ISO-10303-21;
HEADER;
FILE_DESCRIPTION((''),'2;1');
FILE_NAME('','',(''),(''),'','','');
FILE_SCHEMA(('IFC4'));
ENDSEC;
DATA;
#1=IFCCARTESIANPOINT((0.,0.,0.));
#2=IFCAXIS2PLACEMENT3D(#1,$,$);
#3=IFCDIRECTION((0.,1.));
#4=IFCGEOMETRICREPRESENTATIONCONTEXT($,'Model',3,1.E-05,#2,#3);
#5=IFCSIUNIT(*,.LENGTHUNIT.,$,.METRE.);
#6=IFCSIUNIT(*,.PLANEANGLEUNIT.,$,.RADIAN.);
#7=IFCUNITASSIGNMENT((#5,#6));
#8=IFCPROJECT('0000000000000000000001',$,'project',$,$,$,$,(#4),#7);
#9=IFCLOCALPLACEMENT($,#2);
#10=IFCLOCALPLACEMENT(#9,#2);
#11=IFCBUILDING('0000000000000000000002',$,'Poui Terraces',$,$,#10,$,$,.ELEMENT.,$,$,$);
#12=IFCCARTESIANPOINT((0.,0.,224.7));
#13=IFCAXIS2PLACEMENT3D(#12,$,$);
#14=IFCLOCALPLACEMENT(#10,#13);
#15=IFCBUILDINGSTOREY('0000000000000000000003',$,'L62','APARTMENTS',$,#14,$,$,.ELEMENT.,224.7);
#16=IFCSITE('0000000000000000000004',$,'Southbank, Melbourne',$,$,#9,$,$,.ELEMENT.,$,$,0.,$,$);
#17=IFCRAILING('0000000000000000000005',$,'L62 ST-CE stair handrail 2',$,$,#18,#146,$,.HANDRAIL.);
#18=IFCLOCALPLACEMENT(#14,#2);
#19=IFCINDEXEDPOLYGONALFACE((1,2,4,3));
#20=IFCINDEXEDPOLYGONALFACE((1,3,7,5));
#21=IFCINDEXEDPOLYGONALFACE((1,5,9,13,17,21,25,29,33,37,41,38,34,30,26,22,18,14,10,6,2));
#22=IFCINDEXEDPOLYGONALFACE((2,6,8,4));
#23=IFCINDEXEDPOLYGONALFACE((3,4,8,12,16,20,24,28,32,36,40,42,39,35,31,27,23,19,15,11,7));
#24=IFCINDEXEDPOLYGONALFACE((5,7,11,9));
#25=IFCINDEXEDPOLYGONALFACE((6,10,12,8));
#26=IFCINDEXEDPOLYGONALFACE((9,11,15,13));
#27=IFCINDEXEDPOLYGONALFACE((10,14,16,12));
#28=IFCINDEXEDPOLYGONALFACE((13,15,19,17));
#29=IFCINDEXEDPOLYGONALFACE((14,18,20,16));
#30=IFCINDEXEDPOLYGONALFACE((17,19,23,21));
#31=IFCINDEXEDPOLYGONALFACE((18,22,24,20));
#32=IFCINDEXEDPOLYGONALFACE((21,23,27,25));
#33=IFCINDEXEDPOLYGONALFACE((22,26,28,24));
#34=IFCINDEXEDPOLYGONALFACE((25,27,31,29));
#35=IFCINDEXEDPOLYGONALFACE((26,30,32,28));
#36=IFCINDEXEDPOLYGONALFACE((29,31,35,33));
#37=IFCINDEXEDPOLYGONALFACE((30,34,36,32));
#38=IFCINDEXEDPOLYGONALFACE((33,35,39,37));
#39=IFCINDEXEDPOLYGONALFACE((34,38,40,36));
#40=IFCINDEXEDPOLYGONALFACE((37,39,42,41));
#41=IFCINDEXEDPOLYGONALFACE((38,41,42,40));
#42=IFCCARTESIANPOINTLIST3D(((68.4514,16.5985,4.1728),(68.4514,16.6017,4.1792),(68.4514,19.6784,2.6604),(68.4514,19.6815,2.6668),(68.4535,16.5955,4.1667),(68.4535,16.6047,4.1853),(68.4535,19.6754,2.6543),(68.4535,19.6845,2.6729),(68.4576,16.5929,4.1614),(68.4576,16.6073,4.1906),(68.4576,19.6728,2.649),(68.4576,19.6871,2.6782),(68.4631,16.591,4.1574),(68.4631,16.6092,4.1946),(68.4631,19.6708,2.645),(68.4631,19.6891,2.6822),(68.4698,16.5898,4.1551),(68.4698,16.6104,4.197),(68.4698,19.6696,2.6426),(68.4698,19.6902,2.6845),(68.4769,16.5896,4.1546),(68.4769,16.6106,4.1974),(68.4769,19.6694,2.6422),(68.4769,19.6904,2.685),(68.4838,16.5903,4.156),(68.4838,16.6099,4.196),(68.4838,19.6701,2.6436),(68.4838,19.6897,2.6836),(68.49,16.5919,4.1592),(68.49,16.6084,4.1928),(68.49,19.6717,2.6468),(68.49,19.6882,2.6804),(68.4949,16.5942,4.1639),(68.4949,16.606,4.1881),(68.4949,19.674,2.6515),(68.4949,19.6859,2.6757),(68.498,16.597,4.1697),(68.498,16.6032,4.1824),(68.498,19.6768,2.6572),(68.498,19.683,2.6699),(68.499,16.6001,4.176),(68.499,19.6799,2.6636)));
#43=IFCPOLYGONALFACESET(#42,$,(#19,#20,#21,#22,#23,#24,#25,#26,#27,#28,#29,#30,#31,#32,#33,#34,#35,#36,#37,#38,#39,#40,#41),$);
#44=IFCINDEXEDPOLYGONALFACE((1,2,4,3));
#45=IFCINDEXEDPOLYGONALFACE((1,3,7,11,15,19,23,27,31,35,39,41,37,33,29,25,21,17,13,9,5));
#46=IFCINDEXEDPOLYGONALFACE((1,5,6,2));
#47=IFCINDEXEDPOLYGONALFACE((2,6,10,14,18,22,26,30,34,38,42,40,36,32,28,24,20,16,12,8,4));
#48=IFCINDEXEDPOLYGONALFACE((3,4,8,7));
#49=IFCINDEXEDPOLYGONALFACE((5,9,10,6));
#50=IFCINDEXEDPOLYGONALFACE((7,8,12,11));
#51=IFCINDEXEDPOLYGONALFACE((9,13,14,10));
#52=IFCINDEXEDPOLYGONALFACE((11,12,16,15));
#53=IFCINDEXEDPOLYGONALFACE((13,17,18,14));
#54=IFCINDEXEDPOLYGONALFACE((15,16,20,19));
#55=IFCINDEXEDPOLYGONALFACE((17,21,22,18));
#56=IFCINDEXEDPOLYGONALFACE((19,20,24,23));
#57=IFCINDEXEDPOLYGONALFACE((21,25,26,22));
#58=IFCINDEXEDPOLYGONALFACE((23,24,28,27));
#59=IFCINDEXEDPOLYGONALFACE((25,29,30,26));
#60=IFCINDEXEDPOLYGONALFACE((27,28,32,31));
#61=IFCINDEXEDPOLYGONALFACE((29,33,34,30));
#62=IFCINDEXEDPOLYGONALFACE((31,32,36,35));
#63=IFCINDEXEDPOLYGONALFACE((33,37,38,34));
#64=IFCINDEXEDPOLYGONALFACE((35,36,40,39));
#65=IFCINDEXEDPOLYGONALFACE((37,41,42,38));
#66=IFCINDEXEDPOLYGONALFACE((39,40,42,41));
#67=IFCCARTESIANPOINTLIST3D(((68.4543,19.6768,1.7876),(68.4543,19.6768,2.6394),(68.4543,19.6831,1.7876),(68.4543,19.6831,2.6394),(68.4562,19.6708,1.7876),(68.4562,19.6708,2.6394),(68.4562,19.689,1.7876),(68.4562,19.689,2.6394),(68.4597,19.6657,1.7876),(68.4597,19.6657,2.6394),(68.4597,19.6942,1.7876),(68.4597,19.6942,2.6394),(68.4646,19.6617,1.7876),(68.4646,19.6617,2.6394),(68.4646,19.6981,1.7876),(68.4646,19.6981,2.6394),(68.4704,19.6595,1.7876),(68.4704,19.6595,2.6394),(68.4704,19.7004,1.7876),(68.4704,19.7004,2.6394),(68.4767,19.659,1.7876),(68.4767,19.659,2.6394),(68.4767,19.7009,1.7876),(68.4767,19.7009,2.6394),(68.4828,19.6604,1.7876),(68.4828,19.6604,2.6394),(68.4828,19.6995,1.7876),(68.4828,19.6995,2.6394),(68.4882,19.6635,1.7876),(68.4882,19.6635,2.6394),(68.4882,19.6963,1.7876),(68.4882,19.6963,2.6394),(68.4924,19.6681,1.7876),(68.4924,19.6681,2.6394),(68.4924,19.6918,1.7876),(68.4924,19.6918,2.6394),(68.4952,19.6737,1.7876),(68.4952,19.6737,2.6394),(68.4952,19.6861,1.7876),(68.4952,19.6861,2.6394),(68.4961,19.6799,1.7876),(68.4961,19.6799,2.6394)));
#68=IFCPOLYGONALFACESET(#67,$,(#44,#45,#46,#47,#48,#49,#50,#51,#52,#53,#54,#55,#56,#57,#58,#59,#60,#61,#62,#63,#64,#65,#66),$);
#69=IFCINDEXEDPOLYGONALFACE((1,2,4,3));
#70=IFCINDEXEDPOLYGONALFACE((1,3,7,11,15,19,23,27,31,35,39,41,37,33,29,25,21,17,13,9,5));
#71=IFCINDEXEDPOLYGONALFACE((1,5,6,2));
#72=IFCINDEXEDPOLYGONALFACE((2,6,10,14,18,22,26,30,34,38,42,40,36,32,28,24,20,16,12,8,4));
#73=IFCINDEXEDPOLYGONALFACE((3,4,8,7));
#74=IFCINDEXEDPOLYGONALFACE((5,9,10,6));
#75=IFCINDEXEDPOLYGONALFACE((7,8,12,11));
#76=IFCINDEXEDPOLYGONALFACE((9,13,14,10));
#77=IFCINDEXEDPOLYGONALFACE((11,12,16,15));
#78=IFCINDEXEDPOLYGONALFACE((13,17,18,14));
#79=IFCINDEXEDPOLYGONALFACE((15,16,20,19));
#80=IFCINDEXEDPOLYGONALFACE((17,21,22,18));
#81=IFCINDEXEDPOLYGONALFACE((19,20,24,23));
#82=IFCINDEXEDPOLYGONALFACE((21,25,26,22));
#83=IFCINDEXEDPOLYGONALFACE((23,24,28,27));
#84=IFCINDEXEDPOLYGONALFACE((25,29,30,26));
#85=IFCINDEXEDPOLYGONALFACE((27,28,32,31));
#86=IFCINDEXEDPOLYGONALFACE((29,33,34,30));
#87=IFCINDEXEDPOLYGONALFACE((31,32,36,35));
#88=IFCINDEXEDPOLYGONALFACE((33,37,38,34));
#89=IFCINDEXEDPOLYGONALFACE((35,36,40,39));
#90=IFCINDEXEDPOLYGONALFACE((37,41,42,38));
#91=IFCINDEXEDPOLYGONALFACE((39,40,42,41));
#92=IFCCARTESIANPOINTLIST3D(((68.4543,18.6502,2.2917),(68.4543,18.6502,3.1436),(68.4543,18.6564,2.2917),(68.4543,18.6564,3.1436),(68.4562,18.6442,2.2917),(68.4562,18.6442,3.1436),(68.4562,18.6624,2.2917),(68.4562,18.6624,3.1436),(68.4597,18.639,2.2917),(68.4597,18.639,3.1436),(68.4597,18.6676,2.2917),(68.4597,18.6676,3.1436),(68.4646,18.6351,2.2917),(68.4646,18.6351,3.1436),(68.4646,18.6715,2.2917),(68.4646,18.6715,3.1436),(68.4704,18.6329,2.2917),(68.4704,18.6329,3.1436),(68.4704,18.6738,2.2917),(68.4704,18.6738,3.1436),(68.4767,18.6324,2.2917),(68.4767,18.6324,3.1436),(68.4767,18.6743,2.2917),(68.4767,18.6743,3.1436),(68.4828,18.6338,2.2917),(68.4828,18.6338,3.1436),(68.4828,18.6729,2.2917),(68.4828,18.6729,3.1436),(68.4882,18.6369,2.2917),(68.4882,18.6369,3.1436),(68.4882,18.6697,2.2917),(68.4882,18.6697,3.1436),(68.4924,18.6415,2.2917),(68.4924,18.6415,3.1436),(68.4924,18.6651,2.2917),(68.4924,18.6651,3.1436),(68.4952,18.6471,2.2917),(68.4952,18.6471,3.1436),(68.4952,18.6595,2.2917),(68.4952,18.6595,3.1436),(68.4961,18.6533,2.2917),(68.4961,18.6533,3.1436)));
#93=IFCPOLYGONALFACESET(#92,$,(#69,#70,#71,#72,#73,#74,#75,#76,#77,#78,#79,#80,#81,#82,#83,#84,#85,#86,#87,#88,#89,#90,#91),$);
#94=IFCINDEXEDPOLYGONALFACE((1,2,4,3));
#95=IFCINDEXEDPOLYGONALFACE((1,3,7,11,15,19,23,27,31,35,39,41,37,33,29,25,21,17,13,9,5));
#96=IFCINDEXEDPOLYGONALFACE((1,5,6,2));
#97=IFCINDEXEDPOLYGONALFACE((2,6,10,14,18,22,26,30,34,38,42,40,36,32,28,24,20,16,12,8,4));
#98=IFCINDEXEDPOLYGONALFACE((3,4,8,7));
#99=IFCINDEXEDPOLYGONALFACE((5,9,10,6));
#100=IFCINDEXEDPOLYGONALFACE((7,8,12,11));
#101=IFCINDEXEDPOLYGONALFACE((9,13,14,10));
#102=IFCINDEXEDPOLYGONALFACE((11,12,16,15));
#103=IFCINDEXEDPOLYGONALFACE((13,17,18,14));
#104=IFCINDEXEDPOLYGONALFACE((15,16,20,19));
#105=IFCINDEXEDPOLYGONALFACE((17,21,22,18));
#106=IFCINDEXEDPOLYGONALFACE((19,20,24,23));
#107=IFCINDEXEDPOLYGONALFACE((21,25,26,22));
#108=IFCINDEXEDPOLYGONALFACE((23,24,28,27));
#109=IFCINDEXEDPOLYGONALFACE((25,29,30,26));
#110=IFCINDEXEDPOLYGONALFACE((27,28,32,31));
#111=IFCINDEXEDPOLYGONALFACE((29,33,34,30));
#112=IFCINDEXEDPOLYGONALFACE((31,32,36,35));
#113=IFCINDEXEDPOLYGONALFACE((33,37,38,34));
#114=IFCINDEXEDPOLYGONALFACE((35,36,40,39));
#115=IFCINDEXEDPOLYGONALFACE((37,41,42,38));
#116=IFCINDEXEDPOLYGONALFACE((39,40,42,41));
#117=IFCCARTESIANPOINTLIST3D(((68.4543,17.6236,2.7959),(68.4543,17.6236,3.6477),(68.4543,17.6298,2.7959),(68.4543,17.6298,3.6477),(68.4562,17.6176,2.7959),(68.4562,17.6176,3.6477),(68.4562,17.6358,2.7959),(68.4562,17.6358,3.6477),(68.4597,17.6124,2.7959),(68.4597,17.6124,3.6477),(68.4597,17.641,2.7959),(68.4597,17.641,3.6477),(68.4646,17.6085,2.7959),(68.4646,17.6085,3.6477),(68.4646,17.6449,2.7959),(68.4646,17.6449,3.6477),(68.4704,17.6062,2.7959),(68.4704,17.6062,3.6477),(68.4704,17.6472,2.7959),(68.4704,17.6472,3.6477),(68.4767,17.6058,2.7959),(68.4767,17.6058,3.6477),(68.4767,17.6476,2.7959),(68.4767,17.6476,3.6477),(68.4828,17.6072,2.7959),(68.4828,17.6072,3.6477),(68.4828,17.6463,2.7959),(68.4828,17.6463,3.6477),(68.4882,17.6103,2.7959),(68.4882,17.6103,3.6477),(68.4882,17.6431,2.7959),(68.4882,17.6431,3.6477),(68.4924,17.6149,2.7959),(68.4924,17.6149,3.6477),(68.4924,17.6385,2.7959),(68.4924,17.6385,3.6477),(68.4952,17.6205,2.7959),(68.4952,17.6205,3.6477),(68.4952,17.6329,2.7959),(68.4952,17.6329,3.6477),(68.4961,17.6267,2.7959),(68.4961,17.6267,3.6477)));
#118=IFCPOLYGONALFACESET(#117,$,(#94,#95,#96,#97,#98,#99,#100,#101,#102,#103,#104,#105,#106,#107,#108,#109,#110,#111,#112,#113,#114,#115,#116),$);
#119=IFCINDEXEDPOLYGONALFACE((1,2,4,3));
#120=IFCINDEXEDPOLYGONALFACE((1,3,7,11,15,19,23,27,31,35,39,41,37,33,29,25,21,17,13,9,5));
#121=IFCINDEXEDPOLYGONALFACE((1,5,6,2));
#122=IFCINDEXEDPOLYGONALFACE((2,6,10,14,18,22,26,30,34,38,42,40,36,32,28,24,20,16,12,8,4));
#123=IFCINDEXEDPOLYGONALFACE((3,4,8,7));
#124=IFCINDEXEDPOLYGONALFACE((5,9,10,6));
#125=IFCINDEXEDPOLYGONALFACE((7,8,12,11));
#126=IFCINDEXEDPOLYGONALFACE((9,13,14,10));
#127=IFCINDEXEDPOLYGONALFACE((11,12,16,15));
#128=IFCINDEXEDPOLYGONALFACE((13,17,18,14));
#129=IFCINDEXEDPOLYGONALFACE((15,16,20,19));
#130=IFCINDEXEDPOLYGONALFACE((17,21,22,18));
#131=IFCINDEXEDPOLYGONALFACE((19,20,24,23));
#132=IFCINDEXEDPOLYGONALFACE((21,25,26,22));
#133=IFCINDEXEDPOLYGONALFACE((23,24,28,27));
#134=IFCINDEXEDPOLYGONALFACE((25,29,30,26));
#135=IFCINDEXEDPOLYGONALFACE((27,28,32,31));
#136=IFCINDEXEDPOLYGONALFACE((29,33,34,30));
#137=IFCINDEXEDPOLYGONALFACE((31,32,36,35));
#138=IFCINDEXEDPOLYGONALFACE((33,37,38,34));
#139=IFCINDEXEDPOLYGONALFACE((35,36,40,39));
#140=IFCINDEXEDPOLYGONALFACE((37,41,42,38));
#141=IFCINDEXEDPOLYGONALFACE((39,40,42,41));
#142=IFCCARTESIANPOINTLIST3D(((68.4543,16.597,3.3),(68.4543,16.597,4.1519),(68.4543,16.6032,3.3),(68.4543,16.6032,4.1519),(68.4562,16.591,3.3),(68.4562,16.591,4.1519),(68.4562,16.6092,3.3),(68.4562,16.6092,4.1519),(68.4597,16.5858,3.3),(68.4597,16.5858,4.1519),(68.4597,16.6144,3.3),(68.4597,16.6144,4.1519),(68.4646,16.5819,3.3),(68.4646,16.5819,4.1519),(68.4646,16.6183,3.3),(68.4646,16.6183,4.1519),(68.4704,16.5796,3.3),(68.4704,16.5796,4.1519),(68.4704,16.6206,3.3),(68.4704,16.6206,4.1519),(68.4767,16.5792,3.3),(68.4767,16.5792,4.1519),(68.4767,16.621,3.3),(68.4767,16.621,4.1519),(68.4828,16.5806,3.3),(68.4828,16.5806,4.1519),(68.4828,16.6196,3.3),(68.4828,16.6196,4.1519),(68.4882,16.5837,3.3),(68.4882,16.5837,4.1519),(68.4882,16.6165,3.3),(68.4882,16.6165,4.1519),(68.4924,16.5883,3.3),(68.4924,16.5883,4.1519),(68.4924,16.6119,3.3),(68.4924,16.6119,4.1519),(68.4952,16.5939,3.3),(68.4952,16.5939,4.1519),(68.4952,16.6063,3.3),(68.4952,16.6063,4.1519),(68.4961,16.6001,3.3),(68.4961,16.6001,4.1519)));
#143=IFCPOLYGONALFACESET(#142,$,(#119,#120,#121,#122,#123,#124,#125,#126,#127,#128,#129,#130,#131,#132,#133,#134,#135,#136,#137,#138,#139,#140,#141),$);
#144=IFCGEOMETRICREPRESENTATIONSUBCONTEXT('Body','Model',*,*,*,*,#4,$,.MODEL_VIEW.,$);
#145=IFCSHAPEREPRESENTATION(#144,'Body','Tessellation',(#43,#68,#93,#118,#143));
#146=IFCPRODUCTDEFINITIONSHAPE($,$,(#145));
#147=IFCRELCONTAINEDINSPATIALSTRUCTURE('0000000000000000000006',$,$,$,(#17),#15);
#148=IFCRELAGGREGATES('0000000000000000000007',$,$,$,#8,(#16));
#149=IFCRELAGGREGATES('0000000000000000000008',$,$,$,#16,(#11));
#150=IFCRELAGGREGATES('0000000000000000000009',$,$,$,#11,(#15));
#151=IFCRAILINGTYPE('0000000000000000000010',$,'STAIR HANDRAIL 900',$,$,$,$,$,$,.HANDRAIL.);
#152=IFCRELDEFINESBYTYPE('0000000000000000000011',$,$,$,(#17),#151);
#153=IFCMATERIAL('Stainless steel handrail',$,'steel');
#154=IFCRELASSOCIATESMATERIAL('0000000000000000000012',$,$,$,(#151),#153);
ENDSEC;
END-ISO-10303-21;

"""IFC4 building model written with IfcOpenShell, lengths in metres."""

from ifc_helpers import new_model, si_unit, direction, frame, origin, origin_2d, place, context, subcontext, project, spatial, circle, extrude, material, type_object, element, save


model = new_model("IFC4")

# Units and contexts
model_context = context("Model", 3, precision=1e-05, world=origin(), true_north=direction((0.0, 1.0)))
body_context = subcontext(model_context, "Body", "Model", "MODEL_VIEW")
ifc_project = project(units=[si_unit("LENGTHUNIT", "METRE"), si_unit("PLANEANGLEUNIT", "RADIAN")], contexts=[model_context])

# Site, building, storey
site_placement = place(None, origin())
site = spatial("IfcSite", under=ifc_project, at=site_placement, Name="Southbank, Melbourne", CompositionType="ELEMENT", RefElevation=0.0)
building_placement = place(site_placement, origin())
building = spatial("IfcBuilding", under=site, at=building_placement, Name="Poui Terraces", CompositionType="ELEMENT")
storey_placement = place(building_placement, frame((0.0, 0.0, 224.7)))
storey = spatial("IfcBuildingStorey", under=building, at=storey_placement, Name="L62", Description="APARTMENTS", CompositionType="ELEMENT", Elevation=224.7)

# Railing
ifc_material_1 = material(Name="Stainless steel handrail", Category="steel")
railing_type_1 = type_object("IfcRailingType", Name="STAIR HANDRAIL 900", PredefinedType="HANDRAIL", material=ifc_material_1)
for number, where, name in (
    (1, (68.4751, 19.6799, 1.7876), "L62 ST-CE stair handrail 2"),
):
    element("IfcRailing", number, at=place(storey_placement, frame(where)), inside=storey, type_object=railing_type_1, Name=name, PredefinedType="HANDRAIL", context=body_context, shape_type="SweptSolid", body=[
        extrude(circle(Radius=0.0239, at=origin_2d()), frame((0.0, 0.0, 0.876), z_axis=(0.0, -0.897606, 0.440798), x_axis=(1.0, 0.0, 0.0)), (0.0, 0.0, 1.0), 3.4312),
        extrude(circle(Radius=0.021, at=origin_2d()), origin(), (0.0, 0.0, 1.0), 0.8518),
        extrude(circle(Radius=0.021, at=origin_2d()), frame((0.0, -1.0266, 0.5042)), (0.0, 0.0, 1.0), 0.8518),
        extrude(circle(Radius=0.021, at=origin_2d()), frame((0.0, -2.0532, 1.0083)), (0.0, 0.0, 1.0), 0.8518),
        extrude(circle(Radius=0.021, at=origin_2d()), frame((0.0, -3.0798, 1.5125)), (0.0, 0.0, 1.0), 0.8518),
    ])

save(model, "model.ifc")
